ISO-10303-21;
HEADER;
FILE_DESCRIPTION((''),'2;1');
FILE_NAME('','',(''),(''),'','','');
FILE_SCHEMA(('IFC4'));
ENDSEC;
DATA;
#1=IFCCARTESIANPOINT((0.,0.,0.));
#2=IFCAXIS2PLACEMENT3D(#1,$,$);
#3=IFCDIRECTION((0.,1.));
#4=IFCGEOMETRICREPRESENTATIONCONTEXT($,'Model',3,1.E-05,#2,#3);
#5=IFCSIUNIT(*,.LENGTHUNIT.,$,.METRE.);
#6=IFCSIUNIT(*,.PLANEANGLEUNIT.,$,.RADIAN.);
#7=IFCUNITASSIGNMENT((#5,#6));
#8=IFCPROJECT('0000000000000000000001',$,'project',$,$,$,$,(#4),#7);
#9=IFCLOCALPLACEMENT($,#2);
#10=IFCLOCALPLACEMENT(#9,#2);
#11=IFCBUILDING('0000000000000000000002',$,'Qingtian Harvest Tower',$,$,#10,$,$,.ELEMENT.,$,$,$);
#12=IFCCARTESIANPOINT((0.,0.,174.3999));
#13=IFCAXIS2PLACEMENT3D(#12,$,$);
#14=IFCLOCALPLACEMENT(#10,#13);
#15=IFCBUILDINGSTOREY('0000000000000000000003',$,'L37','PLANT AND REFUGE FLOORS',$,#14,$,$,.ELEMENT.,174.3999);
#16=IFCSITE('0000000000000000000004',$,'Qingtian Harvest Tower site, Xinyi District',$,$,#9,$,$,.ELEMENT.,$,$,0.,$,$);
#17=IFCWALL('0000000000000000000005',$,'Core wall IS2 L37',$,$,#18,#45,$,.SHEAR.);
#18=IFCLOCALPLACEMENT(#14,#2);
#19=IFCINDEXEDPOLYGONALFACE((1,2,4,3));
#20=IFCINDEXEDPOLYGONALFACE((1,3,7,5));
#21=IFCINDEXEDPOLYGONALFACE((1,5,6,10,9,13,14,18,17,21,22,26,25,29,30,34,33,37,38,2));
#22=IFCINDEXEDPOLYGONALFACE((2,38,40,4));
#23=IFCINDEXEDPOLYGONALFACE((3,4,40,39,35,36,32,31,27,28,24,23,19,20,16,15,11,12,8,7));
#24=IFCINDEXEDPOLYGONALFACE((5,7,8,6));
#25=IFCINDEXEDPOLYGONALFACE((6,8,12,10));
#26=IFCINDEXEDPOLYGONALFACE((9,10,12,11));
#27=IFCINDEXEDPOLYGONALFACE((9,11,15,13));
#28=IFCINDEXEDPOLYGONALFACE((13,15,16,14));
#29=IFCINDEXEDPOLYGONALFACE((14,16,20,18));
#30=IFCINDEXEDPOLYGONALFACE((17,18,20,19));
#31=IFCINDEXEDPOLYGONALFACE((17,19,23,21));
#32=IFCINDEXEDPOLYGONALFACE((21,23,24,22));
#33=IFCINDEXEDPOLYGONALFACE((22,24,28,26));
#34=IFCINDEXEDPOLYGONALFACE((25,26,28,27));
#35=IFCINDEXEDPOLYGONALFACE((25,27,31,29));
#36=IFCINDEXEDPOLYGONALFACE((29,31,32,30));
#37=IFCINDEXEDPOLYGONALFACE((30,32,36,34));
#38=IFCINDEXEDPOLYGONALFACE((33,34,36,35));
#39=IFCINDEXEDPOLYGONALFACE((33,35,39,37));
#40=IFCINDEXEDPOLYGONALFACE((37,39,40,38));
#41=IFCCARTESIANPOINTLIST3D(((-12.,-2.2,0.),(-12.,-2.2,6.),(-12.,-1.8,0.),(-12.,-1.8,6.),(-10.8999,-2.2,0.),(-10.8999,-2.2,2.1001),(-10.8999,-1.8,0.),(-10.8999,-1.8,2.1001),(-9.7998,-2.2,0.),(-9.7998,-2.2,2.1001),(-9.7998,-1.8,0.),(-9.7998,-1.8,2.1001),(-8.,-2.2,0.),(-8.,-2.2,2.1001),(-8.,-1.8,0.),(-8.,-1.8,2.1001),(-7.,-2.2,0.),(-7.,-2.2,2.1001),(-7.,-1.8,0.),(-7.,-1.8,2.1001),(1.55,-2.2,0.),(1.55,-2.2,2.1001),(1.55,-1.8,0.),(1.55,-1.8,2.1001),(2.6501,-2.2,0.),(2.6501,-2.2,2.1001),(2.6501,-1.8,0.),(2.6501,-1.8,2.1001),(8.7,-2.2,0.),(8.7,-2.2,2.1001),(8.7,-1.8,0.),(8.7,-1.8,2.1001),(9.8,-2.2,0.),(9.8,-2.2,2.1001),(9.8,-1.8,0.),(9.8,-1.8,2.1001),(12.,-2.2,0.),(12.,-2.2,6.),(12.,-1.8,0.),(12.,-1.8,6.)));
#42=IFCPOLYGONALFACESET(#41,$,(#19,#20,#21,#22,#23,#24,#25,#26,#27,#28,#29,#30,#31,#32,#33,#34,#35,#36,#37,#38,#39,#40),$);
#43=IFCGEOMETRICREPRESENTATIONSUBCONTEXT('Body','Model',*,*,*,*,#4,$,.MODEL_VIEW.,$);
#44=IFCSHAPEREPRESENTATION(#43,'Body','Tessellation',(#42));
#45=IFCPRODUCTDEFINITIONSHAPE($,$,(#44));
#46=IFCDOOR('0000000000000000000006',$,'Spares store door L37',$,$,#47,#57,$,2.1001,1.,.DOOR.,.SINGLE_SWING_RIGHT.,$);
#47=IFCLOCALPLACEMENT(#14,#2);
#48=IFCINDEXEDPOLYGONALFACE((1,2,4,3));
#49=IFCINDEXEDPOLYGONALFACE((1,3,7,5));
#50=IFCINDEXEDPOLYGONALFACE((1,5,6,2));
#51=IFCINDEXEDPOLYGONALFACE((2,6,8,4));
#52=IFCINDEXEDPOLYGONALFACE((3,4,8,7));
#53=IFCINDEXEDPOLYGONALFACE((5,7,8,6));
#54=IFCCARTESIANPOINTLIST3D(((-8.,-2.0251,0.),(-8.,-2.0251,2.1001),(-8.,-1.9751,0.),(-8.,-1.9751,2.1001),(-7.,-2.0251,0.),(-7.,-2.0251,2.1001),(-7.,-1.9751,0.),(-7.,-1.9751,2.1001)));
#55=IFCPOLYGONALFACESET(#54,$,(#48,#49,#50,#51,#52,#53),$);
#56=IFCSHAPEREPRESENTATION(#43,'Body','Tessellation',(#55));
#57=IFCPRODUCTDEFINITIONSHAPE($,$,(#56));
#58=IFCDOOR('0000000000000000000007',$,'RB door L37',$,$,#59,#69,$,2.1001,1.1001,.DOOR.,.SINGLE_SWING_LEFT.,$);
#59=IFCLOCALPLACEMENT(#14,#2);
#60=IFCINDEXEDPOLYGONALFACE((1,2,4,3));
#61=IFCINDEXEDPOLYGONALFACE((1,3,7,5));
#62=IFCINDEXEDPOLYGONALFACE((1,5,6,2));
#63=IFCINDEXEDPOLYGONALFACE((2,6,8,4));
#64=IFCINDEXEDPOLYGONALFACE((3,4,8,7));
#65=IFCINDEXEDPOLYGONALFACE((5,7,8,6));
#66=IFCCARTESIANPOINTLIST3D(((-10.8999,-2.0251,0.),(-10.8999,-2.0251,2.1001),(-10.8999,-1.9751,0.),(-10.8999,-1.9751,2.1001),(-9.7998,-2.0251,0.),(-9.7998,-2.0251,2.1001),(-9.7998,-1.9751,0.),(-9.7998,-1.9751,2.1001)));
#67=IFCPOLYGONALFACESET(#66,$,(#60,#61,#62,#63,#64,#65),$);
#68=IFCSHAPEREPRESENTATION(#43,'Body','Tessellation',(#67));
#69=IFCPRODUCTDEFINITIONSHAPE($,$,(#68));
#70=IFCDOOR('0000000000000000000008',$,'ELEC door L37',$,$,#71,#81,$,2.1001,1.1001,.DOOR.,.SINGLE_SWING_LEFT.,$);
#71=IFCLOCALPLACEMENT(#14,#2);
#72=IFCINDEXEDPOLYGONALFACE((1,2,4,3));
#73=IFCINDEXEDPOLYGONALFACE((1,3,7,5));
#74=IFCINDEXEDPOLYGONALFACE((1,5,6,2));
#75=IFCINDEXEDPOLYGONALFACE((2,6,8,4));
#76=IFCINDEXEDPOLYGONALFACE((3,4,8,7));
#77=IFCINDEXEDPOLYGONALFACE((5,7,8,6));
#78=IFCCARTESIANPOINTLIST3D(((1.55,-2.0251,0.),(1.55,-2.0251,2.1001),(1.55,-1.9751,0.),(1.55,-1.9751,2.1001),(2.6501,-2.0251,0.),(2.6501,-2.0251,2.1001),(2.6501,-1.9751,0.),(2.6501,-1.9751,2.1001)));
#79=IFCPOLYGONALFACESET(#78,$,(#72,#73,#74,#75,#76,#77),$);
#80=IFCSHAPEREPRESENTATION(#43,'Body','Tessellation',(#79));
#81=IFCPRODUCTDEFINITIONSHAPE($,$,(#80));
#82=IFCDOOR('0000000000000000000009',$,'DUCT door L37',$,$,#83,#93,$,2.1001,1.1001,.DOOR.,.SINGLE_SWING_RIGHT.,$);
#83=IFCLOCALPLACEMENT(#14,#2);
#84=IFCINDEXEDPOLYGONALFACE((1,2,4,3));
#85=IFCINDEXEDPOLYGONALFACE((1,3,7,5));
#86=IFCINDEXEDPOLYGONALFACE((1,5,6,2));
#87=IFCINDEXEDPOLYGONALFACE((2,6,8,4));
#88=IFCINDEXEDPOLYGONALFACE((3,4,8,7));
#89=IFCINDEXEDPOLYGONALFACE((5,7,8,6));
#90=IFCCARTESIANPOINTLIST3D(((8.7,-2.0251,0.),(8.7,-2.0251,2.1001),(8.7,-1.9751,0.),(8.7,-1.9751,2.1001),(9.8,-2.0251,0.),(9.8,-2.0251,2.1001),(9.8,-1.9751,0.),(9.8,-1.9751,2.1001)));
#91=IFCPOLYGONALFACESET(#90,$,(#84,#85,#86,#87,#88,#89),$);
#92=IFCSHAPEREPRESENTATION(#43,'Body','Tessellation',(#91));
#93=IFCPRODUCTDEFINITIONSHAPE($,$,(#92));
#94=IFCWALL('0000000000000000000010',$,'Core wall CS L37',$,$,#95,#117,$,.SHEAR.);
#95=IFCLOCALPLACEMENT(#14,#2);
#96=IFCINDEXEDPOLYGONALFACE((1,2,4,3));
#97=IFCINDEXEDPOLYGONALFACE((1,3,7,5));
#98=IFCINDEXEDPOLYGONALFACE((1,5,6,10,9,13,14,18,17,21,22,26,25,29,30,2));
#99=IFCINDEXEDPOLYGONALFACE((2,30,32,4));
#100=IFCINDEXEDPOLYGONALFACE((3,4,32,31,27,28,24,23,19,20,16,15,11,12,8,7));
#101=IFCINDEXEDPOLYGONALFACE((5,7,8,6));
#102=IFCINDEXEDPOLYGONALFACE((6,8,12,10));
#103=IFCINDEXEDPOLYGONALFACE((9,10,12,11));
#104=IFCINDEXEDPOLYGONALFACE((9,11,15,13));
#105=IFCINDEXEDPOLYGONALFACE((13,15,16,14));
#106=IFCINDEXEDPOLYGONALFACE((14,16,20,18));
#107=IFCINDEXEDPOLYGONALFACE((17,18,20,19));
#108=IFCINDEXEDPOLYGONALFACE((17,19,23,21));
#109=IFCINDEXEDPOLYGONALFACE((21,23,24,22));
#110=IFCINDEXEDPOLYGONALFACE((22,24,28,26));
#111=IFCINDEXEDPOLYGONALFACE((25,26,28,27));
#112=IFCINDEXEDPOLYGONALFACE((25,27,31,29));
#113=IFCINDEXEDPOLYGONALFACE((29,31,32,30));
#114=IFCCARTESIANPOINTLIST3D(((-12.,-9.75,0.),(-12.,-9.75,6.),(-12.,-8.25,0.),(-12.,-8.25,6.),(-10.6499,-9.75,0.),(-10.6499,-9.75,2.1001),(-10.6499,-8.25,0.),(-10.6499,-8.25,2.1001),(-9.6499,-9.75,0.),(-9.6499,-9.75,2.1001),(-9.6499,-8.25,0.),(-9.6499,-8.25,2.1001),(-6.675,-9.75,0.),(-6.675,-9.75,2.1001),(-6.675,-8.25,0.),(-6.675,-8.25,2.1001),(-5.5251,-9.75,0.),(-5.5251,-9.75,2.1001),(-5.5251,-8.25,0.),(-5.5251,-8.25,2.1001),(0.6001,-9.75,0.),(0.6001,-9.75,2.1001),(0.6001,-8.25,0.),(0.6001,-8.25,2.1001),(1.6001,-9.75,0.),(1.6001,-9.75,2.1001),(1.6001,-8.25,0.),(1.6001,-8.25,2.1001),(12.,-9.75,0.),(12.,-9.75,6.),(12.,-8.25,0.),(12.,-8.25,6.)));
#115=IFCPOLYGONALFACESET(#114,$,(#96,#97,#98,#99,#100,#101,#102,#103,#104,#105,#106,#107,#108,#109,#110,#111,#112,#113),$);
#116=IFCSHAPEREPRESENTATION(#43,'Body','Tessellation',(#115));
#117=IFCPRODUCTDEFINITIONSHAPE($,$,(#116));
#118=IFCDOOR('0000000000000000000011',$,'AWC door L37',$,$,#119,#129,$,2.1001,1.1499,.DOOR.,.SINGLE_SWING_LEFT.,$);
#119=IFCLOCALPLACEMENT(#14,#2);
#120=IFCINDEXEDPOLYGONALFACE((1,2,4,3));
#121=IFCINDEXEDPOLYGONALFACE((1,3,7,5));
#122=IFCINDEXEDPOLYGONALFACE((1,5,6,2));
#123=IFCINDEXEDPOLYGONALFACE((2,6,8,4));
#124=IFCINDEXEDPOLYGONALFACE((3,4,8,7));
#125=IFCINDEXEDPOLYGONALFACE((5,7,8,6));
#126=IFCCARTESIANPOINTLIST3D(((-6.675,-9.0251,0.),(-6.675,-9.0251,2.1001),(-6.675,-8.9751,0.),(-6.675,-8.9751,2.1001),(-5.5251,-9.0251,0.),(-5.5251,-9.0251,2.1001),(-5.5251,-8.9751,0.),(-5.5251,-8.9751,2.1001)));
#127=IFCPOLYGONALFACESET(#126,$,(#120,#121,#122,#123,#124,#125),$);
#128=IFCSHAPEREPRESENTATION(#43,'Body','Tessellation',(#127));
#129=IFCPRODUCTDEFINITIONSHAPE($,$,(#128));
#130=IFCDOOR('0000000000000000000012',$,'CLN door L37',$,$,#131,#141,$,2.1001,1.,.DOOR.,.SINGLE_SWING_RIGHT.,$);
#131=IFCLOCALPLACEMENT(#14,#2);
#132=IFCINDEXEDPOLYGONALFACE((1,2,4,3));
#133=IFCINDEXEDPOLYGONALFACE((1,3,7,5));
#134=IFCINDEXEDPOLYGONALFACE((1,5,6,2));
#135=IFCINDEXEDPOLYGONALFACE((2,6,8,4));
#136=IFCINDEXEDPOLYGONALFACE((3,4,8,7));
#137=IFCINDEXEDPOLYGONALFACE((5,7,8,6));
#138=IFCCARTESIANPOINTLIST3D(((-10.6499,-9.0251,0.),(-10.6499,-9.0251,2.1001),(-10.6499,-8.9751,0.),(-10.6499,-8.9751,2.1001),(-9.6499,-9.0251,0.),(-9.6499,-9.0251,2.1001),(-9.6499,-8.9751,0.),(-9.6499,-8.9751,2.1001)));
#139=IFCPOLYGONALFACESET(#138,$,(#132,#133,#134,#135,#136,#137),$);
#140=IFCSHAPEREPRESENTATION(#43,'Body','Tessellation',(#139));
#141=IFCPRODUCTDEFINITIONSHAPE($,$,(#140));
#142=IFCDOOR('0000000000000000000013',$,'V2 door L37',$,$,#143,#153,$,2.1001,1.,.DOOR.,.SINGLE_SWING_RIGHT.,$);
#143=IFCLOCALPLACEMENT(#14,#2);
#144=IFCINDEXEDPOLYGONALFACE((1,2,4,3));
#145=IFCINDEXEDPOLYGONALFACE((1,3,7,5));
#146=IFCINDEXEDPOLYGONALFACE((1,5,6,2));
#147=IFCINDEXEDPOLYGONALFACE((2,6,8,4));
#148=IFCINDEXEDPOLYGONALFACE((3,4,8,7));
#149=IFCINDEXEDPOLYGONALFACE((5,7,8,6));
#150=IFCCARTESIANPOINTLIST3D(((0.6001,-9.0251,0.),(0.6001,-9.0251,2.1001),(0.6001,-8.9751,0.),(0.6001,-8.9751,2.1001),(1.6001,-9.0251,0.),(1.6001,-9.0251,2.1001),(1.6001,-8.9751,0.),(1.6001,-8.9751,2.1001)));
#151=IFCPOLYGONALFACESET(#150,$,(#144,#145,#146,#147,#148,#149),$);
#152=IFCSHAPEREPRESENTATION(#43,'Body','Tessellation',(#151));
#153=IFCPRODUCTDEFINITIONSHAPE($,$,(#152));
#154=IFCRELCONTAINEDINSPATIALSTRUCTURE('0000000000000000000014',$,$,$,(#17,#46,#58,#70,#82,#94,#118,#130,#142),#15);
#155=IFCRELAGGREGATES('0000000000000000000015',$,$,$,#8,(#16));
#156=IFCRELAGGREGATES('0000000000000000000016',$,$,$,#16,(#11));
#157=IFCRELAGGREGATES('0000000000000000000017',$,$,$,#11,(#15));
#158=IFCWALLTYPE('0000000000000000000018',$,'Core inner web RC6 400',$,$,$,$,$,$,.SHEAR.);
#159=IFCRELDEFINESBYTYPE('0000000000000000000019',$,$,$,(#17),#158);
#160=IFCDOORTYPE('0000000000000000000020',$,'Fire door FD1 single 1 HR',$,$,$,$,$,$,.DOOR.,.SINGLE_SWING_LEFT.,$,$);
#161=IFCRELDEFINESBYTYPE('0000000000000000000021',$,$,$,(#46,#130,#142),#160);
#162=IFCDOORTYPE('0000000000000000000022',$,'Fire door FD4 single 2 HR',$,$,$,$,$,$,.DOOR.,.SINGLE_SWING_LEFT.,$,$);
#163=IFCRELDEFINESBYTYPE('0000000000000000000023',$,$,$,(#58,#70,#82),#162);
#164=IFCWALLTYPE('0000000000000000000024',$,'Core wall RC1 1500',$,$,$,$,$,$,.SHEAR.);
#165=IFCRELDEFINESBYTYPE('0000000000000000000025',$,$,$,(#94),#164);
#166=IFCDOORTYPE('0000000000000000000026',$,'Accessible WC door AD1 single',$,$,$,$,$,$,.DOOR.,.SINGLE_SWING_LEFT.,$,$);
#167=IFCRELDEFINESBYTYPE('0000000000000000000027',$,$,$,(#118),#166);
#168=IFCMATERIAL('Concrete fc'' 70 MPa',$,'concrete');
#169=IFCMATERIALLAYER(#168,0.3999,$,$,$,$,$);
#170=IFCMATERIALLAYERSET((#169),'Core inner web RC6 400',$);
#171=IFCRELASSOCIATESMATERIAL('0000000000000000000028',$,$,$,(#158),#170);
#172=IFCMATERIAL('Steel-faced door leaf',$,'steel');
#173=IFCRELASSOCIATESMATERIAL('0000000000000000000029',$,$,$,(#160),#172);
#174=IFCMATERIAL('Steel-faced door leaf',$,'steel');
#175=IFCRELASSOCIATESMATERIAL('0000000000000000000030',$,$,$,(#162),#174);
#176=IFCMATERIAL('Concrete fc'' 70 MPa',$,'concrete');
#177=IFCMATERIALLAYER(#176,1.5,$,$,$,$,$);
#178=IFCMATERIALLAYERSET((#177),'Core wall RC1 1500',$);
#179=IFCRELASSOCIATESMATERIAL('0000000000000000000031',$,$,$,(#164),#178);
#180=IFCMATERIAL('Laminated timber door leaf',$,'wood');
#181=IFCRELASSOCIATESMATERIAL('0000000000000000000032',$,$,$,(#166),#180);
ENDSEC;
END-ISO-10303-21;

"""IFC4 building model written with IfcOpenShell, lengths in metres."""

from ifc_helpers import new_model, si_unit, direction, frame, frame_2d, origin, place, context, subcontext, project, spatial, rectangle, extrude, material, layer, layer_set, type_object, element, fill, save


model = new_model("IFC4")

# Units and contexts
model_context = context("Model", 3, precision=1e-05, world=origin(), true_north=direction((0.0, 1.0)))
body_context = subcontext(model_context, "Body", "Model", "MODEL_VIEW")
ifc_project = project(units=[si_unit("LENGTHUNIT", "METRE"), si_unit("PLANEANGLEUNIT", "RADIAN")], contexts=[model_context])

# Site, building, storey
site_placement = place(None, origin())
site = spatial("IfcSite", under=ifc_project, at=site_placement, Name="Qingtian Harvest Tower site, Xinyi District", CompositionType="ELEMENT", RefElevation=0.0)
building_placement = place(site_placement, origin())
building = spatial("IfcBuilding", under=site, at=building_placement, Name="Qingtian Harvest Tower", CompositionType="ELEMENT")
storey_placement = place(building_placement, frame((0.0, 0.0, 174.3999)))
storey = spatial("IfcBuildingStorey", under=building, at=storey_placement, Name="L37", Description="PLANT AND REFUGE FLOORS", CompositionType="ELEMENT", Elevation=174.3999)

# Walls, openings, doors
ifc_material_1 = material(Name="Concrete fc' 70 MPa", Category="concrete")
ifc_layer_1 = layer(ifc_material_1, 0.3999)
ifc_layer_set_1 = layer_set([ifc_layer_1], Name="Core inner web RC6 400")
wall_type_1 = type_object("IfcWallType", Name="Core inner web RC6 400", PredefinedType="SHEAR", material=ifc_layer_set_1)
wall_1_placement = place(storey_placement, frame((-12.0, -2.0, 0.0), z_axis=(0.0, 0.0, 1.0), x_axis=(1.0, 0.0, 0.0)))
wall_1 = element("IfcWall", 1, at=wall_1_placement, inside=storey, type_object=wall_type_1, Name="Core wall IS2 L37", PredefinedType="SHEAR", context=body_context, shape_type="SweptSolid", body=[
    extrude(rectangle(XDim=24.0, YDim=0.3999, at=frame_2d((12.0, 0.0))), origin(), (0.0, 0.0, 1.0), 6.0),
])
opening_1_placement = place(wall_1_placement, frame((1.1001, 0.0, 0.0)))
opening_1 = element("IfcOpeningElement", 2, at=opening_1_placement, cuts=wall_1, PredefinedType="OPENING", context=body_context, shape_type="SweptSolid", body=[
    extrude(rectangle(XDim=1.1001, YDim=2.1001, at=frame_2d((0.55, 1.05))), frame((0.0, 0.21, 0.0), z_axis=(0.0, -1.0, 0.0), x_axis=(1.0, 0.0, 0.0)), (0.0, 0.0, 1.0), 0.4199),
])
opening_2_placement = place(wall_1_placement, frame((13.55, 0.0, 0.0)))
opening_2 = element("IfcOpeningElement", 3, at=opening_2_placement, cuts=wall_1, PredefinedType="OPENING", context=body_context, shape_type="SweptSolid", body=[
    extrude(rectangle(XDim=1.1001, YDim=2.1001, at=frame_2d((0.55, 1.05))), frame((0.0, 0.21, 0.0), z_axis=(0.0, -1.0, 0.0), x_axis=(1.0, 0.0, 0.0)), (0.0, 0.0, 1.0), 0.4199),
])
opening_3_placement = place(wall_1_placement, frame((20.7, 0.0, 0.0)))
opening_3 = element("IfcOpeningElement", 4, at=opening_3_placement, cuts=wall_1, PredefinedType="OPENING", context=body_context, shape_type="SweptSolid", body=[
    extrude(rectangle(XDim=1.1001, YDim=2.1001, at=frame_2d((0.55, 1.05))), frame((0.0, 0.21, 0.0), z_axis=(0.0, -1.0, 0.0), x_axis=(1.0, 0.0, 0.0)), (0.0, 0.0, 1.0), 0.4199),
])
opening_4_placement = place(wall_1_placement, frame((4.0, 0.0, 0.0)))
opening_4 = element("IfcOpeningElement", 5, at=opening_4_placement, cuts=wall_1, PredefinedType="OPENING", context=body_context, shape_type="SweptSolid", body=[
    extrude(rectangle(XDim=1.0, YDim=2.1001, at=frame_2d((0.5, 1.05))), frame((0.0, 0.21, 0.0), z_axis=(0.0, -1.0, 0.0), x_axis=(1.0, 0.0, 0.0)), (0.0, 0.0, 1.0), 0.4199),
])
ifc_material_2 = material(Name="Steel-faced door leaf", Category="steel")
door_type_1 = type_object("IfcDoorType", Name="Fire door FD1 single 1 HR", OperationType="SINGLE_SWING_LEFT", PredefinedType="DOOR", material=ifc_material_2)
door_1_placement = place(opening_4_placement, origin())
door_1 = element("IfcDoor", 6, at=door_1_placement, inside=storey, type_object=door_type_1, Name="Spares store door L37", OperationType="SINGLE_SWING_RIGHT", OverallHeight=2.1001, OverallWidth=1.0, PredefinedType="DOOR", context=body_context, shape_type="SweptSolid", body=[
    extrude(rectangle(XDim=1.0, YDim=2.1001, at=frame_2d((0.5, 1.05))), frame((0.0, 0.0249, 0.0), z_axis=(0.0, -1.0, 0.0), x_axis=(1.0, 0.0, 0.0)), (0.0, 0.0, 1.0), 0.05),
])
fill(opening_4, door_1)
ifc_material_3 = material(Name="Steel-faced door leaf", Category="steel")
door_type_2 = type_object("IfcDoorType", Name="Fire door FD4 single 2 HR", OperationType="SINGLE_SWING_LEFT", PredefinedType="DOOR", material=ifc_material_3)
door_2_placement = place(opening_1_placement, origin())
door_2 = element("IfcDoor", 7, at=door_2_placement, inside=storey, type_object=door_type_2, Name="RB door L37", OperationType="SINGLE_SWING_LEFT", OverallHeight=2.1001, OverallWidth=1.1001, PredefinedType="DOOR", context=body_context, shape_type="SweptSolid", body=[
    extrude(rectangle(XDim=1.1001, YDim=2.1001, at=frame_2d((0.55, 1.05))), frame((0.0, 0.0249, 0.0), z_axis=(0.0, -1.0, 0.0), x_axis=(1.0, 0.0, 0.0)), (0.0, 0.0, 1.0), 0.05),
])
fill(opening_1, door_2)
door_3_placement = place(opening_2_placement, origin())
door_3 = element("IfcDoor", 8, at=door_3_placement, inside=storey, type_object=door_type_2, Name="ELEC door L37", OperationType="SINGLE_SWING_LEFT", OverallHeight=2.1001, OverallWidth=1.1001, PredefinedType="DOOR", context=body_context, shape_type="SweptSolid", body=[
    extrude(rectangle(XDim=1.1001, YDim=2.1001, at=frame_2d((0.55, 1.05))), frame((0.0, 0.0249, 0.0), z_axis=(0.0, -1.0, 0.0), x_axis=(1.0, 0.0, 0.0)), (0.0, 0.0, 1.0), 0.05),
])
fill(opening_2, door_3)
door_4_placement = place(opening_3_placement, origin())
door_4 = element("IfcDoor", 9, at=door_4_placement, inside=storey, type_object=door_type_2, Name="DUCT door L37", OperationType="SINGLE_SWING_RIGHT", OverallHeight=2.1001, OverallWidth=1.1001, PredefinedType="DOOR", context=body_context, shape_type="SweptSolid", body=[
    extrude(rectangle(XDim=1.1001, YDim=2.1001, at=frame_2d((0.55, 1.05))), frame((0.0, 0.0249, 0.0), z_axis=(0.0, -1.0, 0.0), x_axis=(1.0, 0.0, 0.0)), (0.0, 0.0, 1.0), 0.05),
])
fill(opening_3, door_4)
ifc_material_4 = material(Name="Concrete fc' 70 MPa", Category="concrete")
ifc_layer_2 = layer(ifc_material_4, 1.5)
ifc_layer_set_2 = layer_set([ifc_layer_2], Name="Core wall RC1 1500")
wall_type_2 = type_object("IfcWallType", Name="Core wall RC1 1500", PredefinedType="SHEAR", material=ifc_layer_set_2)
wall_2_placement = place(storey_placement, frame((-12.0, -9.0, 0.0), z_axis=(0.0, 0.0, 1.0), x_axis=(1.0, 0.0, 0.0)))
wall_2 = element("IfcWall", 10, at=wall_2_placement, inside=storey, type_object=wall_type_2, Name="Core wall CS L37", PredefinedType="SHEAR", context=body_context, shape_type="SweptSolid", body=[
    extrude(rectangle(XDim=24.0, YDim=1.5, at=frame_2d((12.0, 0.0))), origin(), (0.0, 0.0, 1.0), 6.0),
])
opening_5_placement = place(wall_2_placement, frame((1.3501, 0.0, 0.0)))
opening_5 = element("IfcOpeningElement", 11, at=opening_5_placement, cuts=wall_2, PredefinedType="OPENING", context=body_context, shape_type="SweptSolid", body=[
    extrude(rectangle(XDim=1.0, YDim=2.1001, at=frame_2d((0.5, 1.05))), frame((0.0, 0.76, 0.0), z_axis=(0.0, -1.0, 0.0), x_axis=(1.0, 0.0, 0.0)), (0.0, 0.0, 1.0), 1.52),
])
opening_6_placement = place(wall_2_placement, frame((5.325, 0.0, 0.0)))
opening_6 = element("IfcOpeningElement", 12, at=opening_6_placement, cuts=wall_2, PredefinedType="OPENING", context=body_context, shape_type="SweptSolid", body=[
    extrude(rectangle(XDim=1.1499, YDim=2.1001, at=frame_2d((0.575, 1.05))), frame((0.0, 0.76, 0.0), z_axis=(0.0, -1.0, 0.0), x_axis=(1.0, 0.0, 0.0)), (0.0, 0.0, 1.0), 1.52),
])
opening_7_placement = place(wall_2_placement, frame((12.6001, 0.0, 0.0)))
opening_7 = element("IfcOpeningElement", 13, at=opening_7_placement, cuts=wall_2, PredefinedType="OPENING", context=body_context, shape_type="SweptSolid", body=[
    extrude(rectangle(XDim=1.0, YDim=2.1001, at=frame_2d((0.5, 1.05))), frame((0.0, 0.76, 0.0), z_axis=(0.0, -1.0, 0.0), x_axis=(1.0, 0.0, 0.0)), (0.0, 0.0, 1.0), 1.52),
])
ifc_material_5 = material(Name="Laminated timber door leaf", Category="wood")
door_type_3 = type_object("IfcDoorType", Name="Accessible WC door AD1 single", OperationType="SINGLE_SWING_LEFT", PredefinedType="DOOR", material=ifc_material_5)
door_5_placement = place(opening_6_placement, origin())
door_5 = element("IfcDoor", 14, at=door_5_placement, inside=storey, type_object=door_type_3, Name="AWC door L37", OperationType="SINGLE_SWING_LEFT", OverallHeight=2.1001, OverallWidth=1.1499, PredefinedType="DOOR", context=body_context, shape_type="SweptSolid", body=[
    extrude(rectangle(XDim=1.1499, YDim=2.1001, at=frame_2d((0.575, 1.05))), frame((0.0, 0.0249, 0.0), z_axis=(0.0, -1.0, 0.0), x_axis=(1.0, 0.0, 0.0)), (0.0, 0.0, 1.0), 0.05),
])
fill(opening_6, door_5)
door_6_placement = place(opening_5_placement, origin())
door_6 = element("IfcDoor", 15, at=door_6_placement, inside=storey, type_object=door_type_1, Name="CLN door L37", OperationType="SINGLE_SWING_RIGHT", OverallHeight=2.1001, OverallWidth=1.0, PredefinedType="DOOR", context=body_context, shape_type="SweptSolid", body=[
    extrude(rectangle(XDim=1.0, YDim=2.1001, at=frame_2d((0.5, 1.05))), frame((0.0, 0.0249, 0.0), z_axis=(0.0, -1.0, 0.0), x_axis=(1.0, 0.0, 0.0)), (0.0, 0.0, 1.0), 0.05),
])
fill(opening_5, door_6)
door_7_placement = place(opening_7_placement, origin())
door_7 = element("IfcDoor", 16, at=door_7_placement, inside=storey, type_object=door_type_1, Name="V2 door L37", OperationType="SINGLE_SWING_RIGHT", OverallHeight=2.1001, OverallWidth=1.0, PredefinedType="DOOR", context=body_context, shape_type="SweptSolid", body=[
    extrude(rectangle(XDim=1.0, YDim=2.1001, at=frame_2d((0.5, 1.05))), frame((0.0, 0.0249, 0.0), z_axis=(0.0, -1.0, 0.0), x_axis=(1.0, 0.0, 0.0)), (0.0, 0.0, 1.0), 0.05),
])
fill(opening_7, door_7)

save(model, "model.ifc")
